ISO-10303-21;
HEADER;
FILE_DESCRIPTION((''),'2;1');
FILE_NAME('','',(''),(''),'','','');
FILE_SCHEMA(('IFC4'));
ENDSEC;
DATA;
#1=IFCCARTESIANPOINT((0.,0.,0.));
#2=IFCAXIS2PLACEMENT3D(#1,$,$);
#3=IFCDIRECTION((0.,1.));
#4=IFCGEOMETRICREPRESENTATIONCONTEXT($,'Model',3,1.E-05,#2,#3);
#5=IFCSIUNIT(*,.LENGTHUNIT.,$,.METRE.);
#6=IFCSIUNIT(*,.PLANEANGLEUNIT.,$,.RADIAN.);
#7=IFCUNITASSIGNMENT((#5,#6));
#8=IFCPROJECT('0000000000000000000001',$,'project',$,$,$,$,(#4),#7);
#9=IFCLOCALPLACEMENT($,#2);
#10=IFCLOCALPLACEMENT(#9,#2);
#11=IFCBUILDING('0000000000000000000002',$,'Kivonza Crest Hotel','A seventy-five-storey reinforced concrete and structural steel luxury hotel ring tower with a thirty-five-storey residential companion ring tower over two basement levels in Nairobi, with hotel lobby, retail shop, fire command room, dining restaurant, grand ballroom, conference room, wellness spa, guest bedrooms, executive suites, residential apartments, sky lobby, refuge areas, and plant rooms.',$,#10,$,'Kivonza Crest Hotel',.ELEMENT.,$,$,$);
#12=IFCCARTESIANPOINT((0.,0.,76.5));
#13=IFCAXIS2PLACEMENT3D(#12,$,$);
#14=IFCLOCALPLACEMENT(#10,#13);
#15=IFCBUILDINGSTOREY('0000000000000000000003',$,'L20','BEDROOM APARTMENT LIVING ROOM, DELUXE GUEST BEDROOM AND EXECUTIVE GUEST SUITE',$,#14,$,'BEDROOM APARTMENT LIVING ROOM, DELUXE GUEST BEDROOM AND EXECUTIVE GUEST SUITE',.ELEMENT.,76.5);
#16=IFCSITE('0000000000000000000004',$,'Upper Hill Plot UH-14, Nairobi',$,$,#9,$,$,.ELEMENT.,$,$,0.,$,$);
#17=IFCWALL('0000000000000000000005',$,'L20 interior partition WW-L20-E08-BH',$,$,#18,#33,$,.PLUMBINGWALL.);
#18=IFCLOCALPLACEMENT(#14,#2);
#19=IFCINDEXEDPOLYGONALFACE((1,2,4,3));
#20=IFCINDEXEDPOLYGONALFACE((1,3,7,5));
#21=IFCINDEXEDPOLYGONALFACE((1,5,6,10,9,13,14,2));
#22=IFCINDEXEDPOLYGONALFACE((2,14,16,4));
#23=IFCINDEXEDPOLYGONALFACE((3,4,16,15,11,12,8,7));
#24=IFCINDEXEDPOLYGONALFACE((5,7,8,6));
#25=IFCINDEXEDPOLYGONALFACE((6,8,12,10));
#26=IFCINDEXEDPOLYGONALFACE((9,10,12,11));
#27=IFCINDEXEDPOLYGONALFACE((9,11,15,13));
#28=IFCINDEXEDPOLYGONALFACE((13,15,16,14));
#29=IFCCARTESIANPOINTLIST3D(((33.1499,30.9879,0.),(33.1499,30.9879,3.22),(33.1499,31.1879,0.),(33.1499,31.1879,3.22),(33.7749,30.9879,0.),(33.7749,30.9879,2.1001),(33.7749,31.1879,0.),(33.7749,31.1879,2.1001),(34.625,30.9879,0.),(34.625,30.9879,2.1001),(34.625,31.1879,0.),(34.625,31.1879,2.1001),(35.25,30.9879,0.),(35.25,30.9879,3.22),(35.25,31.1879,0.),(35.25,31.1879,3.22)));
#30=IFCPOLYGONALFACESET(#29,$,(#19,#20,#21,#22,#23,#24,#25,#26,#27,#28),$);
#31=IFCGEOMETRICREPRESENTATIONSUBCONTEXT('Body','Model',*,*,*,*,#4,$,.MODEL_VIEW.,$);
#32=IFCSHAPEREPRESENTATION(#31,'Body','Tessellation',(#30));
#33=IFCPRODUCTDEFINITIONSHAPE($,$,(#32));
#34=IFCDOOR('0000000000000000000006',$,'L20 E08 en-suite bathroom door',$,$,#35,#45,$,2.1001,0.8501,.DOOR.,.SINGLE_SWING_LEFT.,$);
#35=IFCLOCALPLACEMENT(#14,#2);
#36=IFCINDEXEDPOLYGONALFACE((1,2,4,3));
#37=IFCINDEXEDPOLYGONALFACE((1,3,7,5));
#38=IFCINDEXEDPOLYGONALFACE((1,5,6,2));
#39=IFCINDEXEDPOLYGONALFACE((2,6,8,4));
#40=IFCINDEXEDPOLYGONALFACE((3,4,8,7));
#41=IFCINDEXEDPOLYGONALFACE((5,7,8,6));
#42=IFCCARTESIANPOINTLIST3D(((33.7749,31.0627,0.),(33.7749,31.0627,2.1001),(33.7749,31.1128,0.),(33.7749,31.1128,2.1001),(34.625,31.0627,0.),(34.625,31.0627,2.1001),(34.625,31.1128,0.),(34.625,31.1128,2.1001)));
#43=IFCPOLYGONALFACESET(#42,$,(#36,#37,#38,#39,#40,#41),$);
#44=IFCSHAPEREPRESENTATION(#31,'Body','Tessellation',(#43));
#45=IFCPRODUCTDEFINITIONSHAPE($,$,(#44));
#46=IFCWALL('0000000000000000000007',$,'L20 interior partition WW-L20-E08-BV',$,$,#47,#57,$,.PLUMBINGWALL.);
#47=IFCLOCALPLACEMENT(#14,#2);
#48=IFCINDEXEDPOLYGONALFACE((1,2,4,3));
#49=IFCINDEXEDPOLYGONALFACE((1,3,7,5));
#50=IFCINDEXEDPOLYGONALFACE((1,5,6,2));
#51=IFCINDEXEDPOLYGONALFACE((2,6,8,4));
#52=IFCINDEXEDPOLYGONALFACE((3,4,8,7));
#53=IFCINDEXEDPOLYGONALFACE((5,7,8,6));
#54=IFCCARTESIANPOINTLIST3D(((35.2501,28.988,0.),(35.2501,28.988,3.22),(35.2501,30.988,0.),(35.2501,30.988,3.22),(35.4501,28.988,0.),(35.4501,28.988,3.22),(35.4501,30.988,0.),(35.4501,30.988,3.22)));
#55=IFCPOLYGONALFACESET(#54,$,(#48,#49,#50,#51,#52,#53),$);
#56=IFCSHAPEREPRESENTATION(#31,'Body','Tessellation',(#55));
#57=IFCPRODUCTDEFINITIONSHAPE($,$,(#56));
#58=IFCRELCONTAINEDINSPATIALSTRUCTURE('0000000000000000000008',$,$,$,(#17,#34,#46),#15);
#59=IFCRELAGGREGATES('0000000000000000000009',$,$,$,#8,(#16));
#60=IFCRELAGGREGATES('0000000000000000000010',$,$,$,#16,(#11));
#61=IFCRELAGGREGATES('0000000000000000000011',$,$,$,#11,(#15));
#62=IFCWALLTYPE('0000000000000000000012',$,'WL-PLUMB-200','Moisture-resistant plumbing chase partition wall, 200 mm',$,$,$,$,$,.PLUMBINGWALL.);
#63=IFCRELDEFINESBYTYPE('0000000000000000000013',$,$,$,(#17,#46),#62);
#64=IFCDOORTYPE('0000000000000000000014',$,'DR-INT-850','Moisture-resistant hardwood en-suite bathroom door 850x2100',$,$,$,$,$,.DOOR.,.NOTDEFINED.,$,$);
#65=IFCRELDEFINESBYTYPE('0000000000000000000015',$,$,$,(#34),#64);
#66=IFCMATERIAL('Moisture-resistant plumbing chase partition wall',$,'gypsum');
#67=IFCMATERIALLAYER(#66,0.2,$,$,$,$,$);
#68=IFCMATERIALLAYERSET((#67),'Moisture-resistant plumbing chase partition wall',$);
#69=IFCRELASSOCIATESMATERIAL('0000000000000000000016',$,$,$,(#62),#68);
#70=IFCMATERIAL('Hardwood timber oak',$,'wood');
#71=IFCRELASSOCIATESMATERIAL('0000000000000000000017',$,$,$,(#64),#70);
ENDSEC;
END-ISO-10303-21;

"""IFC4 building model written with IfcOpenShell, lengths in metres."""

from ifc_helpers import new_model, si_unit, direction, frame, frame_2d, origin, place, context, subcontext, project, spatial, rectangle, extrude, material, layer, layer_set, type_object, element, fill, save


model = new_model("IFC4")

# Units and contexts
model_context = context("Model", 3, precision=1e-05, world=origin(), true_north=direction((0.0, 1.0)))
body_context = subcontext(model_context, "Body", "Model", "MODEL_VIEW")
ifc_project = project(units=[si_unit("LENGTHUNIT", "METRE"), si_unit("PLANEANGLEUNIT", "RADIAN")], contexts=[model_context])

# Site, building, storey
site_placement = place(None, origin())
site = spatial("IfcSite", under=ifc_project, at=site_placement, Name="Upper Hill Plot UH-14, Nairobi", CompositionType="ELEMENT", RefElevation=0.0)
building_placement = place(site_placement, origin())
building = spatial("IfcBuilding", under=site, at=building_placement, Name="Kivonza Crest Hotel", Description="A seventy-five-storey reinforced concrete and structural steel luxury hotel ring tower with a thirty-five-storey residential companion ring tower over two basement levels in Nairobi, with hotel lobby, retail shop, fire command room, dining restaurant, grand ballroom, conference room, wellness spa, guest bedrooms, executive suites, residential apartments, sky lobby, refuge areas, and plant rooms.", LongName="Kivonza Crest Hotel", CompositionType="ELEMENT")
storey_placement = place(building_placement, frame((0.0, 0.0, 76.5)))
storey = spatial("IfcBuildingStorey", under=building, at=storey_placement, Name="L20", Description="BEDROOM APARTMENT LIVING ROOM, DELUXE GUEST BEDROOM AND EXECUTIVE GUEST SUITE", LongName="BEDROOM APARTMENT LIVING ROOM, DELUXE GUEST BEDROOM AND EXECUTIVE GUEST SUITE", CompositionType="ELEMENT", Elevation=76.5)

# Shared definitions
ifc_material_1 = material(Name="Hardwood timber oak", Category="wood")

# Shared definitions
ifc_material_2 = material(Name="Moisture-resistant plumbing chase partition wall", Category="gypsum")
ifc_layer_1 = layer(ifc_material_2, 0.2)
ifc_layer_set_1 = layer_set([ifc_layer_1], Name="Moisture-resistant plumbing chase partition wall")
wall_type_1 = type_object("IfcWallType", Name="WL-PLUMB-200", Description="Moisture-resistant plumbing chase partition wall, 200 mm", PredefinedType="PLUMBINGWALL", material=ifc_layer_set_1)
door_type_1 = type_object("IfcDoorType", Name="DR-INT-850", Description="Moisture-resistant hardwood en-suite bathroom door 850x2100", OperationType="NOTDEFINED", PredefinedType="DOOR", material=ifc_material_1)

# Wall, opening, door
wall_1_placement = place(storey_placement, frame((33.1499, 31.0879, 0.0), z_axis=(0.0, 0.0, 1.0), x_axis=(1.0, 0.0, 0.0)))
wall_1 = element("IfcWall", 1, at=wall_1_placement, inside=storey, type_object=wall_type_1, Name="L20 interior partition WW-L20-E08-BH", PredefinedType="PLUMBINGWALL", context=body_context, shape_type="SweptSolid", body=[
    extrude(rectangle(XDim=2.1001, YDim=0.2, at=frame_2d((1.05, 0.0))), origin(), (0.0, 0.0, 1.0), 3.22),
])
opening_1_placement = place(wall_1_placement, frame((0.625, 0.0, 0.0)))
opening_1 = element("IfcOpeningElement", 2, at=opening_1_placement, cuts=wall_1, PredefinedType="OPENING", context=body_context, shape_type="SweptSolid", body=[
    extrude(rectangle(XDim=0.8501, YDim=2.1001, at=frame_2d((0.425, 1.05))), frame((0.0, 0.1099, 0.0), z_axis=(0.0, -1.0, 0.0), x_axis=(1.0, 0.0, 0.0)), (0.0, 0.0, 1.0), 0.22),
])
door_1_placement = place(opening_1_placement, origin())
door_1 = element("IfcDoor", 3, at=door_1_placement, inside=storey, type_object=door_type_1, Name="L20 E08 en-suite bathroom door", OperationType="SINGLE_SWING_LEFT", OverallHeight=2.1001, OverallWidth=0.8501, PredefinedType="DOOR", context=body_context, shape_type="SweptSolid", body=[
    extrude(rectangle(XDim=0.8501, YDim=2.1001, at=frame_2d((0.425, 1.05))), frame((0.0, 0.0249, 0.0), z_axis=(0.0, -1.0, 0.0), x_axis=(1.0, 0.0, 0.0)), (0.0, 0.0, 1.0), 0.05),
])
fill(opening_1, door_1)

# Wall
wall_2_placement = place(storey_placement, frame((35.3501, 28.988, 0.0), z_axis=(0.0, 0.0, 1.0), x_axis=(0.0, 1.0, 0.0)))
element("IfcWall", 4, at=wall_2_placement, inside=storey, type_object=wall_type_1, Name="L20 interior partition WW-L20-E08-BV", PredefinedType="PLUMBINGWALL", context=body_context, shape_type="SweptSolid", body=[
    extrude(rectangle(XDim=2.0, YDim=0.2, at=frame_2d((1.0, 0.0))), origin(), (0.0, 0.0, 1.0), 3.22),
])

save(model, "model.ifc")
